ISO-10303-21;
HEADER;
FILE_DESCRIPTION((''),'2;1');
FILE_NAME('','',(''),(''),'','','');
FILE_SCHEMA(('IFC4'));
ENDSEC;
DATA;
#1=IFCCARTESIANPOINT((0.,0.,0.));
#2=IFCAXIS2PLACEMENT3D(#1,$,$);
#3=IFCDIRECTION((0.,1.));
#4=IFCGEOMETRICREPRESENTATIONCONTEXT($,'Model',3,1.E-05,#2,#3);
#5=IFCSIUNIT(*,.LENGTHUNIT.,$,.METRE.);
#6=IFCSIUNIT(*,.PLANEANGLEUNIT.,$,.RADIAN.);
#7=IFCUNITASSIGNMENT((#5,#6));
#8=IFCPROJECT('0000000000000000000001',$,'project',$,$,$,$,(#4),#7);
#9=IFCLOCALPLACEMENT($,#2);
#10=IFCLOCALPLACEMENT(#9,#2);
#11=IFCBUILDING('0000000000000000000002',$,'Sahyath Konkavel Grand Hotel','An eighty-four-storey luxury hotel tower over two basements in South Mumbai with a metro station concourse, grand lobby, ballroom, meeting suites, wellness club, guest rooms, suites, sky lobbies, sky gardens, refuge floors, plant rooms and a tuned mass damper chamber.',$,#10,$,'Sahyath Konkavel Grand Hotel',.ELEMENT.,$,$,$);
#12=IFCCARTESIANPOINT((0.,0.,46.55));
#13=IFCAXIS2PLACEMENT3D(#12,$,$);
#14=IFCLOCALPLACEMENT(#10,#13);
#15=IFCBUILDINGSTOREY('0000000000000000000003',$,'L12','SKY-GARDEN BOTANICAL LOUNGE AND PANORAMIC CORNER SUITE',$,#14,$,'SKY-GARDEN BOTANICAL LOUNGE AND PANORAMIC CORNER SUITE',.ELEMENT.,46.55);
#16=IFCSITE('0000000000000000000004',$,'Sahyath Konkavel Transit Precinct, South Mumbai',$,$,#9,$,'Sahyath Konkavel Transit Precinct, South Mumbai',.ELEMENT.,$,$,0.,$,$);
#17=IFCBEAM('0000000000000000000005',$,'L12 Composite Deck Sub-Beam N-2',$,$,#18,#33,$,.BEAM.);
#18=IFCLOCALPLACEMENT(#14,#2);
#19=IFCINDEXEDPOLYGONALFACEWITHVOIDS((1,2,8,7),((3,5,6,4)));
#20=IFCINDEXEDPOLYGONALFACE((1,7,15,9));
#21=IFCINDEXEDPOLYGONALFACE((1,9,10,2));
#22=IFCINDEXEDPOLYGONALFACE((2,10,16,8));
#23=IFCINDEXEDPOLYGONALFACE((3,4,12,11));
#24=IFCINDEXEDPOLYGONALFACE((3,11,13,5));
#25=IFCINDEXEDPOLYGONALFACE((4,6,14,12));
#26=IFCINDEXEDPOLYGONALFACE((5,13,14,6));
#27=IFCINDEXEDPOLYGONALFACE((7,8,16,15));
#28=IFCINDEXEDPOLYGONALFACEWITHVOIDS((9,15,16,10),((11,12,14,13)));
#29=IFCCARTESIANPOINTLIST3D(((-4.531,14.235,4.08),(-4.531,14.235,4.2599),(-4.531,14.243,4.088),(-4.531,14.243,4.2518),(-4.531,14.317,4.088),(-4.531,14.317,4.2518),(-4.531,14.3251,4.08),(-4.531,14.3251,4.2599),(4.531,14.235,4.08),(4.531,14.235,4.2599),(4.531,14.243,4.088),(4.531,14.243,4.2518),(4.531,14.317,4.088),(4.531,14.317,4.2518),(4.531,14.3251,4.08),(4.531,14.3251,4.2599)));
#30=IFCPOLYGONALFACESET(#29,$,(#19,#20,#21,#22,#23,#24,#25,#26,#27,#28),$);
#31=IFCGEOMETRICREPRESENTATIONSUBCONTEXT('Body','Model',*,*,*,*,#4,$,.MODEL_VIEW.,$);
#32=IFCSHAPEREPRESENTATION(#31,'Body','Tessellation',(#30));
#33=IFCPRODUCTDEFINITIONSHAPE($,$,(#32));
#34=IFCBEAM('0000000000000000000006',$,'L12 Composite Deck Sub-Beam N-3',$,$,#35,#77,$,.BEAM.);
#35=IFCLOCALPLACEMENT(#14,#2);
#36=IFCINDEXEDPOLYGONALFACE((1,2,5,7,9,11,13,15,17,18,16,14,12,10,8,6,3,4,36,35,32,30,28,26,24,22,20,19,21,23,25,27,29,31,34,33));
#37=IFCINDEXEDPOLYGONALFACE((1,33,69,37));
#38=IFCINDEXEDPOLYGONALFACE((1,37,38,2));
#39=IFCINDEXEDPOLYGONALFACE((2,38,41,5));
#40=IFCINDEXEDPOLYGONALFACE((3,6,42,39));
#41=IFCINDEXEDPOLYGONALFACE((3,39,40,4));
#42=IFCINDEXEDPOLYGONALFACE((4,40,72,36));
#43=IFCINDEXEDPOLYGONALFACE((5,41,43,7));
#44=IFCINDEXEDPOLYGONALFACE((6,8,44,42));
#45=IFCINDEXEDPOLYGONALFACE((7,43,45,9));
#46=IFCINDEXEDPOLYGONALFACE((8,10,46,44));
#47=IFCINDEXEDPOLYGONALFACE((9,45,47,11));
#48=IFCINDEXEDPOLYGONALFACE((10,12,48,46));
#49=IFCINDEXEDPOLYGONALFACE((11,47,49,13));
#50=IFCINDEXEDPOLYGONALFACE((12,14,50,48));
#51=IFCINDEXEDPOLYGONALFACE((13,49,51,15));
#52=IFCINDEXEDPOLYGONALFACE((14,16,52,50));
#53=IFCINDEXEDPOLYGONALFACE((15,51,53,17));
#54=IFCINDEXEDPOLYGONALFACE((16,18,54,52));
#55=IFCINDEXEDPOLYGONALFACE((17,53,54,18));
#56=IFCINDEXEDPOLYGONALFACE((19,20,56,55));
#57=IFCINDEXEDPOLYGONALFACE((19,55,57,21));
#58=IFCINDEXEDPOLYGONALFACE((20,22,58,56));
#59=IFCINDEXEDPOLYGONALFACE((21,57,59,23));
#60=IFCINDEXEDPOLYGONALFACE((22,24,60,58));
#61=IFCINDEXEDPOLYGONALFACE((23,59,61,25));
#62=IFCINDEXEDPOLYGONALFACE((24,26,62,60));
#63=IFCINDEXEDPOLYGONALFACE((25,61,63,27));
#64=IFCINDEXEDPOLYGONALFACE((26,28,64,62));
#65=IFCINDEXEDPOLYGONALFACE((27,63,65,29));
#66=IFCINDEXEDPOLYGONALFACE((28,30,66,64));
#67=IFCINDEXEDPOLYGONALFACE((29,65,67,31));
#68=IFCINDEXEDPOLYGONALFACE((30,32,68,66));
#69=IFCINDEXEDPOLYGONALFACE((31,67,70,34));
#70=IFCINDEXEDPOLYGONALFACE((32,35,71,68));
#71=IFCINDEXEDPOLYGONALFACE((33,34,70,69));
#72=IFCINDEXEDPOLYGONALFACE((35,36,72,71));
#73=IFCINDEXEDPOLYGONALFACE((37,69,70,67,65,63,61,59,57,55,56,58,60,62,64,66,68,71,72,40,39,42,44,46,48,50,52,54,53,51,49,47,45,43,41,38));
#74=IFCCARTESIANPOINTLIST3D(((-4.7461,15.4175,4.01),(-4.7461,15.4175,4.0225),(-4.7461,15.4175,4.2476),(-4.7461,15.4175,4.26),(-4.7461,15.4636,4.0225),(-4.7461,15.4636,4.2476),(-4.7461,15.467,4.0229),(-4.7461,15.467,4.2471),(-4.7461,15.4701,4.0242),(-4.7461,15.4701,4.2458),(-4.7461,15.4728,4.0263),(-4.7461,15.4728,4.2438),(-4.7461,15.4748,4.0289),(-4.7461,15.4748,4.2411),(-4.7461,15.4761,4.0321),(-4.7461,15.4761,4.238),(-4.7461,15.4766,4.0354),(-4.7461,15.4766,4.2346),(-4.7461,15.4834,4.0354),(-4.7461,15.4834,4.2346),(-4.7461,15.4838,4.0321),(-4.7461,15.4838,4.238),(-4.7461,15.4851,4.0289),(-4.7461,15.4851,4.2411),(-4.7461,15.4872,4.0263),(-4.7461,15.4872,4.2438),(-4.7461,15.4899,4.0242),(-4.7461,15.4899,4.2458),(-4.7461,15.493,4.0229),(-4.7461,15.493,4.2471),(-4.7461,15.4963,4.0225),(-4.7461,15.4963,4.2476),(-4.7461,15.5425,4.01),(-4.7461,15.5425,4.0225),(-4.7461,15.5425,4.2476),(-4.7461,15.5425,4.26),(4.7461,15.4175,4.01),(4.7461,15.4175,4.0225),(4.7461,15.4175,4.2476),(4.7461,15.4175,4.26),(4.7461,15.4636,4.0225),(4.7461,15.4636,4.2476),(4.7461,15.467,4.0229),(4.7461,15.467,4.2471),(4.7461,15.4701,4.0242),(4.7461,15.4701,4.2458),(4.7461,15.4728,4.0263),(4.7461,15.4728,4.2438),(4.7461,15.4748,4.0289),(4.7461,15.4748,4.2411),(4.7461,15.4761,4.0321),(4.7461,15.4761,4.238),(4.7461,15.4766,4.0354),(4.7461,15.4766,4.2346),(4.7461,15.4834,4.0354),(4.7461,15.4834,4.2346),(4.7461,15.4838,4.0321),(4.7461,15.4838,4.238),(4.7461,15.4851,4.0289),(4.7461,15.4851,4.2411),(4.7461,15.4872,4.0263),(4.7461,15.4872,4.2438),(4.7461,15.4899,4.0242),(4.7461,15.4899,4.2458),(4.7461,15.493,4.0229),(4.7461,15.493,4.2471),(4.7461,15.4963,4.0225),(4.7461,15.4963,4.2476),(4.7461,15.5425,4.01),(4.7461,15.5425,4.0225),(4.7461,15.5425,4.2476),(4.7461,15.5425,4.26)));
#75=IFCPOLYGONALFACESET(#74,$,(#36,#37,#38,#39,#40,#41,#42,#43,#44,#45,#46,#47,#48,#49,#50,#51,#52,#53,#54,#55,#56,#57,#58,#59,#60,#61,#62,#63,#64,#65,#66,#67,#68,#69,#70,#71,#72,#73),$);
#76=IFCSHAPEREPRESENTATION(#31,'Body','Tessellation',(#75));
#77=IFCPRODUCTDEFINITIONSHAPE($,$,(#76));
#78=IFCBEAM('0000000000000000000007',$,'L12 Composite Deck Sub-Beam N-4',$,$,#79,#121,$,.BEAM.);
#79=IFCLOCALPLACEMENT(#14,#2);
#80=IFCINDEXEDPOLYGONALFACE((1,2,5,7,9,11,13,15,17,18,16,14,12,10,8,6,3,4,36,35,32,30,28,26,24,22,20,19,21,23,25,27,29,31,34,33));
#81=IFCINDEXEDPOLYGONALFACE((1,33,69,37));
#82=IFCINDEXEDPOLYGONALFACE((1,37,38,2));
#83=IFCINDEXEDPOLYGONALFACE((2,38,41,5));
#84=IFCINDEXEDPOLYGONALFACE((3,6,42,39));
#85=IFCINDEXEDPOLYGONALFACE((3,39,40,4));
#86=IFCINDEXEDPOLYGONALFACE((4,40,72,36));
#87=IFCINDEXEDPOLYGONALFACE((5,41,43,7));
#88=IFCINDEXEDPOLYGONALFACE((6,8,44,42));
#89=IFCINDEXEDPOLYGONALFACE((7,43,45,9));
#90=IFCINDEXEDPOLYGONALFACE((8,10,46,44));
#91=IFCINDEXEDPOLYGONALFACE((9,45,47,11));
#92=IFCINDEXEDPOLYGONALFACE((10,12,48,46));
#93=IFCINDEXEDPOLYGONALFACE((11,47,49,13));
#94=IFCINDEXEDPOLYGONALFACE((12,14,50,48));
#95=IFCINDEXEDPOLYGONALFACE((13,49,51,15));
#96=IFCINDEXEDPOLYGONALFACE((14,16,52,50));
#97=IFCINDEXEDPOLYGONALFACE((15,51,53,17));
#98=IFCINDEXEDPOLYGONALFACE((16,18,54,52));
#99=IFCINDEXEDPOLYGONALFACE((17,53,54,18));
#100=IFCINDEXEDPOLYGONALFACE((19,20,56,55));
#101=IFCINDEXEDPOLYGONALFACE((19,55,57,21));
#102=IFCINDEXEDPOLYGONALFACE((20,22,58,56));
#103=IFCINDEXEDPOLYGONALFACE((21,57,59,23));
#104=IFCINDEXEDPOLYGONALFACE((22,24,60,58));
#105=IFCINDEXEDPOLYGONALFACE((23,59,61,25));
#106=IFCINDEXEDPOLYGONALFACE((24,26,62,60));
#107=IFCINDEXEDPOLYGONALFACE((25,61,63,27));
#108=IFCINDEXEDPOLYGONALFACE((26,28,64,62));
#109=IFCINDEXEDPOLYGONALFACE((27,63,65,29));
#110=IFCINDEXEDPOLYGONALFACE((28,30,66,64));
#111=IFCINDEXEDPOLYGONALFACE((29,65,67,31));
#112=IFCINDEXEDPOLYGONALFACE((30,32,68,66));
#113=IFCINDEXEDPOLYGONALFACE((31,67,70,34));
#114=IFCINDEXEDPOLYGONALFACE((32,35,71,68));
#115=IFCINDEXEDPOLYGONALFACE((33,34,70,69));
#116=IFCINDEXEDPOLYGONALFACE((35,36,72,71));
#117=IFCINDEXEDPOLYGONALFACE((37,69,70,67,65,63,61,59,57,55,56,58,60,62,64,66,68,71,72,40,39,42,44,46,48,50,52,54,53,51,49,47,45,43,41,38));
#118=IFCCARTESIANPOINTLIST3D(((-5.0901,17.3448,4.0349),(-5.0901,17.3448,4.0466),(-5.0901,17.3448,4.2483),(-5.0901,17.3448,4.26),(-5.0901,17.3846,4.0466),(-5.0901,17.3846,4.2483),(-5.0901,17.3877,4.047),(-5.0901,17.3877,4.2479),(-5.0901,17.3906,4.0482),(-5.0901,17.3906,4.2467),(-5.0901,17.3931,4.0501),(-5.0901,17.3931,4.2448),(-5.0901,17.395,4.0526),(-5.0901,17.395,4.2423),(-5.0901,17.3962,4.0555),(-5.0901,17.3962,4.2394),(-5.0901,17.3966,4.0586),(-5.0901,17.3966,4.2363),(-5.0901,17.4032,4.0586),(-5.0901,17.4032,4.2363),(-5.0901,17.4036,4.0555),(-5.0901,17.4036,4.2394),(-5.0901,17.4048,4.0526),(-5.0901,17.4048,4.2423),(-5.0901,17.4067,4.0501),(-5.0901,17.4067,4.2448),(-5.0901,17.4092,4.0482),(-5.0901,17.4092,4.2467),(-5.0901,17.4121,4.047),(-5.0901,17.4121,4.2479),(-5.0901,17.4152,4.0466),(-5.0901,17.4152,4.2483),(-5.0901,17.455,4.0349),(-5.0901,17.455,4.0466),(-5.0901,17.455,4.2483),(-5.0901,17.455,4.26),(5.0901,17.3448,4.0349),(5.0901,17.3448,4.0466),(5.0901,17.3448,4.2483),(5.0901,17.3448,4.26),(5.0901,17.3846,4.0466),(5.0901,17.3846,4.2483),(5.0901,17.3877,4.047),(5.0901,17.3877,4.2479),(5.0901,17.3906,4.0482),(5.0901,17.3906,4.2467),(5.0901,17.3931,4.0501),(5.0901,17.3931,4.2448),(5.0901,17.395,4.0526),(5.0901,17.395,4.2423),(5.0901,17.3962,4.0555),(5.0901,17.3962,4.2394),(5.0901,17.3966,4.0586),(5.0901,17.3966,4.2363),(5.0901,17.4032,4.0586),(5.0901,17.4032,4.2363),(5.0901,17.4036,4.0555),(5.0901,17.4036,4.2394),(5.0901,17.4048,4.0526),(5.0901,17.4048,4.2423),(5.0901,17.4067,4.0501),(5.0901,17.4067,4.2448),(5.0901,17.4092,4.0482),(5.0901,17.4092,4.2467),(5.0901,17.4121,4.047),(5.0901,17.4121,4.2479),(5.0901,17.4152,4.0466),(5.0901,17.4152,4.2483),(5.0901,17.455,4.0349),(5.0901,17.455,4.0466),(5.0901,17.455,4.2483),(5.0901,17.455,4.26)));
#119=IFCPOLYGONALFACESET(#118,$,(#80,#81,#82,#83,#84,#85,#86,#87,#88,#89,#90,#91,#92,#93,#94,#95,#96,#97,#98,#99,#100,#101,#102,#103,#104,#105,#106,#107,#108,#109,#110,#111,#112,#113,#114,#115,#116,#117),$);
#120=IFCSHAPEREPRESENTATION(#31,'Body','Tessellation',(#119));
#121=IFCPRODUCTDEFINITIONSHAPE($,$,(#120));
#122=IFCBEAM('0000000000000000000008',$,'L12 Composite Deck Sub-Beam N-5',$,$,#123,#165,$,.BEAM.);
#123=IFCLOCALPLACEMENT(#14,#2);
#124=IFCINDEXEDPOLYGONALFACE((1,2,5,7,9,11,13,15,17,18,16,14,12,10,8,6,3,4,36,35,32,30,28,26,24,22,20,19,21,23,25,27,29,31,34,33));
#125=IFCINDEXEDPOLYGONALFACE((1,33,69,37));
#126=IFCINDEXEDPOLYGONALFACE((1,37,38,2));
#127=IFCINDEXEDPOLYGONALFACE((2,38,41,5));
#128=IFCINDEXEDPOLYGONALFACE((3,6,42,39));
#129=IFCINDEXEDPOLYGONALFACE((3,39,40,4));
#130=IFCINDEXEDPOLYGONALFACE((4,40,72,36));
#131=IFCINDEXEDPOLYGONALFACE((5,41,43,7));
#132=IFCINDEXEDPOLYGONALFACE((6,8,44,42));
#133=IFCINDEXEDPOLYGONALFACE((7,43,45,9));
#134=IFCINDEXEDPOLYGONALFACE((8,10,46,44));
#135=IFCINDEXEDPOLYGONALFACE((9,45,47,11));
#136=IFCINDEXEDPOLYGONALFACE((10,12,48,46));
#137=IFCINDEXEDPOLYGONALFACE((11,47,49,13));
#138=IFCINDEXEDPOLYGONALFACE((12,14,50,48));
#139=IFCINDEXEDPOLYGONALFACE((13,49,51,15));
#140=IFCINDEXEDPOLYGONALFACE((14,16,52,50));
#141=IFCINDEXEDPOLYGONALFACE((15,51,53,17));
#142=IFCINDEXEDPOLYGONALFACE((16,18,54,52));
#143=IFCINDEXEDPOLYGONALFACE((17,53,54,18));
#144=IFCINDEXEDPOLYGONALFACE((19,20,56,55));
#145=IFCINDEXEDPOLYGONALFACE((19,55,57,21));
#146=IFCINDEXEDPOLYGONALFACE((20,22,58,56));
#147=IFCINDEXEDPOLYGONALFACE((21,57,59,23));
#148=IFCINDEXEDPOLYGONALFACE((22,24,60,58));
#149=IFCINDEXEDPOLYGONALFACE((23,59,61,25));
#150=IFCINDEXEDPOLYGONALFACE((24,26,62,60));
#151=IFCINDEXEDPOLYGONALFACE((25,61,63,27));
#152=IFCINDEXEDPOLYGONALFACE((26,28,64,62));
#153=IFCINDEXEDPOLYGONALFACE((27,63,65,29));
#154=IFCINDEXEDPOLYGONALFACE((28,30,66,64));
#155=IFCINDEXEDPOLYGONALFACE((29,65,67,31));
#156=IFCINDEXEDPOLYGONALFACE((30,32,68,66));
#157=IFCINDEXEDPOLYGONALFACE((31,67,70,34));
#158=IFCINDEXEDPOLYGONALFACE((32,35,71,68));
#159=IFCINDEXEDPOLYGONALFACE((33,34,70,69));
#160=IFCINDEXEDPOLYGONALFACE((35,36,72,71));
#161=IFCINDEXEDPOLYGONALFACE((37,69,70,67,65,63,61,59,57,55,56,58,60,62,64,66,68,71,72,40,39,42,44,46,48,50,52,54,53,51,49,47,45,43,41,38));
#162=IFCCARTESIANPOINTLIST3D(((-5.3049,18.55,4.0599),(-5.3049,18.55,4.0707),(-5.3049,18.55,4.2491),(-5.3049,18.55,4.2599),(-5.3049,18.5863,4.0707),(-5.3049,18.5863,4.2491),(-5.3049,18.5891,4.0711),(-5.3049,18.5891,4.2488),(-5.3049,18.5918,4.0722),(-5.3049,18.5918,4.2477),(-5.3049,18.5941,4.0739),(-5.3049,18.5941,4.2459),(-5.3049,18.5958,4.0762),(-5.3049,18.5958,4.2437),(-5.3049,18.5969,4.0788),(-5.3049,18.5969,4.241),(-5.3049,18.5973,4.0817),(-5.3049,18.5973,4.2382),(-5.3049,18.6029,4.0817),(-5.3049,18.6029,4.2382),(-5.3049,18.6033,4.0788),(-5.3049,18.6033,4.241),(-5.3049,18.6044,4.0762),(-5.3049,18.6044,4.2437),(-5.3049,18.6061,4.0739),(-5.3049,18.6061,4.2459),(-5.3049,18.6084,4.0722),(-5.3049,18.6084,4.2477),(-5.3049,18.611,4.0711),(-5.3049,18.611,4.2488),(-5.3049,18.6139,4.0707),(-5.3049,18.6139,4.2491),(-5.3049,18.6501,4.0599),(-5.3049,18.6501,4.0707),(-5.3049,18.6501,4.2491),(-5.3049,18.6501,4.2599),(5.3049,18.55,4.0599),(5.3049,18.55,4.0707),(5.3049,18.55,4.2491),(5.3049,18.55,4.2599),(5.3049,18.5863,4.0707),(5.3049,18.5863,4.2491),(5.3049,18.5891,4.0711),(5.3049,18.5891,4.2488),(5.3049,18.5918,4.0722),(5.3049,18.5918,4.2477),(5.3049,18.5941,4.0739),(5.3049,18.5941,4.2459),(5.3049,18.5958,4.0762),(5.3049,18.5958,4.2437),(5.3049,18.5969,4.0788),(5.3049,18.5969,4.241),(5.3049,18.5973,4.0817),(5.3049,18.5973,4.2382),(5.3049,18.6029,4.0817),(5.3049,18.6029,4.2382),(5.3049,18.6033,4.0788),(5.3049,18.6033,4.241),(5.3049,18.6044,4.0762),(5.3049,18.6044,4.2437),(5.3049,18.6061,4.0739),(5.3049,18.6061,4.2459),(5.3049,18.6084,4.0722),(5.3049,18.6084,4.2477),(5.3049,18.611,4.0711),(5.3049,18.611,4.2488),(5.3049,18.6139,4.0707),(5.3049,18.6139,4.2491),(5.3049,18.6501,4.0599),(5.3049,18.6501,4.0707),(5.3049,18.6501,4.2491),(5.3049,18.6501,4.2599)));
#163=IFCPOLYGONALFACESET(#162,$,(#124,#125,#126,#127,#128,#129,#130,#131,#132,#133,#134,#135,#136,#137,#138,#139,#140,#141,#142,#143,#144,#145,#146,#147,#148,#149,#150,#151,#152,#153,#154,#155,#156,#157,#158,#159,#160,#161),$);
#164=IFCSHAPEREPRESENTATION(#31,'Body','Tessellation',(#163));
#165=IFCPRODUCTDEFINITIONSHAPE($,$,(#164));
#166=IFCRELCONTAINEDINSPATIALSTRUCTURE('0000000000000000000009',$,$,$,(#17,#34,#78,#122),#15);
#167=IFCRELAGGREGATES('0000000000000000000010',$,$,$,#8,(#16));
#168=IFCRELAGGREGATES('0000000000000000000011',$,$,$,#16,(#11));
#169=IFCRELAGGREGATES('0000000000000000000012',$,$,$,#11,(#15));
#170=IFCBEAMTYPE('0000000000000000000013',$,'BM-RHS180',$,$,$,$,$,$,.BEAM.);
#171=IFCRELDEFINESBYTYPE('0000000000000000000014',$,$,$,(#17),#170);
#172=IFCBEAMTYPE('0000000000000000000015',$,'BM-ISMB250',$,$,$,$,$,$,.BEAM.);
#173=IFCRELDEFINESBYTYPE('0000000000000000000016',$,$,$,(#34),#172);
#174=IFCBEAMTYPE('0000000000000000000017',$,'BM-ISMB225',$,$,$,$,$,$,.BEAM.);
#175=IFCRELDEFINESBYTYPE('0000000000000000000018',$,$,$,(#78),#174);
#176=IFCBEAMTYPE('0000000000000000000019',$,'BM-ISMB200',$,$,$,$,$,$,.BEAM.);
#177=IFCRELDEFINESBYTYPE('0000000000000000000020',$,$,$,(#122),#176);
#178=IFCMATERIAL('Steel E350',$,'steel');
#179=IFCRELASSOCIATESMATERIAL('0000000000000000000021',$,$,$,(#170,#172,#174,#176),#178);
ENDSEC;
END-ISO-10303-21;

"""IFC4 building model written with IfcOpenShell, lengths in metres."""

from ifc_helpers import new_model, si_unit, direction, frame, origin, origin_2d, place, context, subcontext, project, spatial, hollow_rectangle, i_section, extrude, source, transform, mapped, material, material_profile, profile_set, type_object, element, save


model = new_model("IFC4")

# Units and contexts
model_context = context("Model", 3, precision=1e-05, world=origin(), true_north=direction((0.0, 1.0)))
body_context = subcontext(model_context, "Body", "Model", "MODEL_VIEW")
ifc_project = project(units=[si_unit("LENGTHUNIT", "METRE"), si_unit("PLANEANGLEUNIT", "RADIAN")], contexts=[model_context])

# Site, building, storey
site_placement = place(None, origin())
site = spatial("IfcSite", under=ifc_project, at=site_placement, Name="Sahyath Konkavel Transit Precinct, South Mumbai", LongName="Sahyath Konkavel Transit Precinct, South Mumbai", CompositionType="ELEMENT", RefElevation=0.0)
building_placement = place(site_placement, origin())
building = spatial("IfcBuilding", under=site, at=building_placement, Name="Sahyath Konkavel Grand Hotel", Description="An eighty-four-storey luxury hotel tower over two basements in South Mumbai with a metro station concourse, grand lobby, ballroom, meeting suites, wellness club, guest rooms, suites, sky lobbies, sky gardens, refuge floors, plant rooms and a tuned mass damper chamber.", LongName="Sahyath Konkavel Grand Hotel", CompositionType="ELEMENT")
storey_placement = place(building_placement, frame((0.0, 0.0, 46.55)))
storey = spatial("IfcBuildingStorey", under=building, at=storey_placement, Name="L12", Description="SKY-GARDEN BOTANICAL LOUNGE AND PANORAMIC CORNER SUITE", LongName="SKY-GARDEN BOTANICAL LOUNGE AND PANORAMIC CORNER SUITE", CompositionType="ELEMENT", Elevation=46.55)

# Beams
ifc_material_1 = material(Name="Steel E350", Category="steel")
ifc_material_profile_1 = material_profile(ifc_material_1, hollow_rectangle(XDim=0.0901, YDim=0.1799, WallThickness=0.0081, at=origin_2d()), Name="RHS 180x90x8")
ifc_profile_set_1 = profile_set([ifc_material_profile_1], Name="Steel E350")
beam_type_1 = type_object("IfcBeamType", Name="BM-RHS180", PredefinedType="BEAM", material=ifc_profile_set_1)
shared_shape_1 = source(origin(), body_context, "Body", "SweptSolid", [
    extrude(hollow_rectangle(XDim=0.0901, YDim=0.1799, WallThickness=0.0081, at=origin_2d()), origin(), (0.0, 0.0, 1.0), 9.062),
])
beam_1_placement = place(storey_placement, frame((4.531, 14.28, 4.1699), z_axis=(-1.0, 0.0, 0.0), x_axis=(0.0, -1.0, 0.0)))
element("IfcBeam", 1, at=beam_1_placement, inside=storey, type_object=beam_type_1, Name="L12 Composite Deck Sub-Beam N-2", PredefinedType="BEAM", context=body_context, shape_type="MappedRepresentation", body=[
    mapped(shared_shape_1, transform((0.0, 0.0, 0.0), scale=1.0)),
])
ifc_material_profile_2 = material_profile(ifc_material_1, i_section(OverallWidth=0.125, OverallDepth=0.25, WebThickness=0.0068, FlangeThickness=0.0125, FilletRadius=0.0129, at=origin_2d()), Name="ISMB 250")
ifc_profile_set_2 = profile_set([ifc_material_profile_2], Name="Steel E350")
beam_type_2 = type_object("IfcBeamType", Name="BM-ISMB250", PredefinedType="BEAM", material=ifc_profile_set_2)
shared_shape_2 = source(origin(), body_context, "Body", "SweptSolid", [
    extrude(i_section(OverallWidth=0.125, OverallDepth=0.25, WebThickness=0.0068, FlangeThickness=0.0125, FilletRadius=0.0129, at=origin_2d()), origin(), (0.0, 0.0, 1.0), 9.4922),
])
beam_2_placement = place(storey_placement, frame((4.7461, 15.48, 4.135), z_axis=(-1.0, 0.0, 0.0), x_axis=(0.0, -1.0, 0.0)))
element("IfcBeam", 2, at=beam_2_placement, inside=storey, type_object=beam_type_2, Name="L12 Composite Deck Sub-Beam N-3", PredefinedType="BEAM", context=body_context, shape_type="MappedRepresentation", body=[
    mapped(shared_shape_2, transform((0.0, 0.0, 0.0), scale=1.0)),
])
ifc_material_profile_3 = material_profile(ifc_material_1, i_section(OverallWidth=0.1101, OverallDepth=0.2251, WebThickness=0.0066, FlangeThickness=0.0117, FilletRadius=0.012, at=origin_2d()), Name="ISMB 225")
ifc_profile_set_3 = profile_set([ifc_material_profile_3], Name="Steel E350")
beam_type_3 = type_object("IfcBeamType", Name="BM-ISMB225", PredefinedType="BEAM", material=ifc_profile_set_3)
shared_shape_3 = source(origin(), body_context, "Body", "SweptSolid", [
    extrude(i_section(OverallWidth=0.1101, OverallDepth=0.2251, WebThickness=0.0066, FlangeThickness=0.0117, FilletRadius=0.012, at=origin_2d()), origin(), (0.0, 0.0, 1.0), 10.1802),
])
beam_3_placement = place(storey_placement, frame((5.0901, 17.3999, 4.1475), z_axis=(-1.0, 0.0, 0.0), x_axis=(0.0, -1.0, 0.0)))
element("IfcBeam", 3, at=beam_3_placement, inside=storey, type_object=beam_type_3, Name="L12 Composite Deck Sub-Beam N-4", PredefinedType="BEAM", context=body_context, shape_type="MappedRepresentation", body=[
    mapped(shared_shape_3, transform((0.0, 0.0, 0.0), scale=1.0)),
])
ifc_material_profile_4 = material_profile(ifc_material_1, i_section(OverallWidth=0.1001, OverallDepth=0.2, WebThickness=0.0056, FlangeThickness=0.0107, FilletRadius=0.011, at=origin_2d()), Name="ISMB 200")
ifc_profile_set_4 = profile_set([ifc_material_profile_4], Name="Steel E350")
beam_type_4 = type_object("IfcBeamType", Name="BM-ISMB200", PredefinedType="BEAM", material=ifc_profile_set_4)
shared_shape_4 = source(origin(), body_context, "Body", "SweptSolid", [
    extrude(i_section(OverallWidth=0.1001, OverallDepth=0.2, WebThickness=0.0056, FlangeThickness=0.0107, FilletRadius=0.011, at=origin_2d()), origin(), (0.0, 0.0, 1.0), 10.6099),
])
beam_4_placement = place(storey_placement, frame((5.3049, 18.6001, 4.1599), z_axis=(-1.0, 0.0, 0.0), x_axis=(0.0, -1.0, 0.0)))
element("IfcBeam", 4, at=beam_4_placement, inside=storey, type_object=beam_type_4, Name="L12 Composite Deck Sub-Beam N-5", PredefinedType="BEAM", context=body_context, shape_type="MappedRepresentation", body=[
    mapped(shared_shape_4, transform((0.0, 0.0, 0.0), scale=1.0)),
])

save(model, "model.ifc")
